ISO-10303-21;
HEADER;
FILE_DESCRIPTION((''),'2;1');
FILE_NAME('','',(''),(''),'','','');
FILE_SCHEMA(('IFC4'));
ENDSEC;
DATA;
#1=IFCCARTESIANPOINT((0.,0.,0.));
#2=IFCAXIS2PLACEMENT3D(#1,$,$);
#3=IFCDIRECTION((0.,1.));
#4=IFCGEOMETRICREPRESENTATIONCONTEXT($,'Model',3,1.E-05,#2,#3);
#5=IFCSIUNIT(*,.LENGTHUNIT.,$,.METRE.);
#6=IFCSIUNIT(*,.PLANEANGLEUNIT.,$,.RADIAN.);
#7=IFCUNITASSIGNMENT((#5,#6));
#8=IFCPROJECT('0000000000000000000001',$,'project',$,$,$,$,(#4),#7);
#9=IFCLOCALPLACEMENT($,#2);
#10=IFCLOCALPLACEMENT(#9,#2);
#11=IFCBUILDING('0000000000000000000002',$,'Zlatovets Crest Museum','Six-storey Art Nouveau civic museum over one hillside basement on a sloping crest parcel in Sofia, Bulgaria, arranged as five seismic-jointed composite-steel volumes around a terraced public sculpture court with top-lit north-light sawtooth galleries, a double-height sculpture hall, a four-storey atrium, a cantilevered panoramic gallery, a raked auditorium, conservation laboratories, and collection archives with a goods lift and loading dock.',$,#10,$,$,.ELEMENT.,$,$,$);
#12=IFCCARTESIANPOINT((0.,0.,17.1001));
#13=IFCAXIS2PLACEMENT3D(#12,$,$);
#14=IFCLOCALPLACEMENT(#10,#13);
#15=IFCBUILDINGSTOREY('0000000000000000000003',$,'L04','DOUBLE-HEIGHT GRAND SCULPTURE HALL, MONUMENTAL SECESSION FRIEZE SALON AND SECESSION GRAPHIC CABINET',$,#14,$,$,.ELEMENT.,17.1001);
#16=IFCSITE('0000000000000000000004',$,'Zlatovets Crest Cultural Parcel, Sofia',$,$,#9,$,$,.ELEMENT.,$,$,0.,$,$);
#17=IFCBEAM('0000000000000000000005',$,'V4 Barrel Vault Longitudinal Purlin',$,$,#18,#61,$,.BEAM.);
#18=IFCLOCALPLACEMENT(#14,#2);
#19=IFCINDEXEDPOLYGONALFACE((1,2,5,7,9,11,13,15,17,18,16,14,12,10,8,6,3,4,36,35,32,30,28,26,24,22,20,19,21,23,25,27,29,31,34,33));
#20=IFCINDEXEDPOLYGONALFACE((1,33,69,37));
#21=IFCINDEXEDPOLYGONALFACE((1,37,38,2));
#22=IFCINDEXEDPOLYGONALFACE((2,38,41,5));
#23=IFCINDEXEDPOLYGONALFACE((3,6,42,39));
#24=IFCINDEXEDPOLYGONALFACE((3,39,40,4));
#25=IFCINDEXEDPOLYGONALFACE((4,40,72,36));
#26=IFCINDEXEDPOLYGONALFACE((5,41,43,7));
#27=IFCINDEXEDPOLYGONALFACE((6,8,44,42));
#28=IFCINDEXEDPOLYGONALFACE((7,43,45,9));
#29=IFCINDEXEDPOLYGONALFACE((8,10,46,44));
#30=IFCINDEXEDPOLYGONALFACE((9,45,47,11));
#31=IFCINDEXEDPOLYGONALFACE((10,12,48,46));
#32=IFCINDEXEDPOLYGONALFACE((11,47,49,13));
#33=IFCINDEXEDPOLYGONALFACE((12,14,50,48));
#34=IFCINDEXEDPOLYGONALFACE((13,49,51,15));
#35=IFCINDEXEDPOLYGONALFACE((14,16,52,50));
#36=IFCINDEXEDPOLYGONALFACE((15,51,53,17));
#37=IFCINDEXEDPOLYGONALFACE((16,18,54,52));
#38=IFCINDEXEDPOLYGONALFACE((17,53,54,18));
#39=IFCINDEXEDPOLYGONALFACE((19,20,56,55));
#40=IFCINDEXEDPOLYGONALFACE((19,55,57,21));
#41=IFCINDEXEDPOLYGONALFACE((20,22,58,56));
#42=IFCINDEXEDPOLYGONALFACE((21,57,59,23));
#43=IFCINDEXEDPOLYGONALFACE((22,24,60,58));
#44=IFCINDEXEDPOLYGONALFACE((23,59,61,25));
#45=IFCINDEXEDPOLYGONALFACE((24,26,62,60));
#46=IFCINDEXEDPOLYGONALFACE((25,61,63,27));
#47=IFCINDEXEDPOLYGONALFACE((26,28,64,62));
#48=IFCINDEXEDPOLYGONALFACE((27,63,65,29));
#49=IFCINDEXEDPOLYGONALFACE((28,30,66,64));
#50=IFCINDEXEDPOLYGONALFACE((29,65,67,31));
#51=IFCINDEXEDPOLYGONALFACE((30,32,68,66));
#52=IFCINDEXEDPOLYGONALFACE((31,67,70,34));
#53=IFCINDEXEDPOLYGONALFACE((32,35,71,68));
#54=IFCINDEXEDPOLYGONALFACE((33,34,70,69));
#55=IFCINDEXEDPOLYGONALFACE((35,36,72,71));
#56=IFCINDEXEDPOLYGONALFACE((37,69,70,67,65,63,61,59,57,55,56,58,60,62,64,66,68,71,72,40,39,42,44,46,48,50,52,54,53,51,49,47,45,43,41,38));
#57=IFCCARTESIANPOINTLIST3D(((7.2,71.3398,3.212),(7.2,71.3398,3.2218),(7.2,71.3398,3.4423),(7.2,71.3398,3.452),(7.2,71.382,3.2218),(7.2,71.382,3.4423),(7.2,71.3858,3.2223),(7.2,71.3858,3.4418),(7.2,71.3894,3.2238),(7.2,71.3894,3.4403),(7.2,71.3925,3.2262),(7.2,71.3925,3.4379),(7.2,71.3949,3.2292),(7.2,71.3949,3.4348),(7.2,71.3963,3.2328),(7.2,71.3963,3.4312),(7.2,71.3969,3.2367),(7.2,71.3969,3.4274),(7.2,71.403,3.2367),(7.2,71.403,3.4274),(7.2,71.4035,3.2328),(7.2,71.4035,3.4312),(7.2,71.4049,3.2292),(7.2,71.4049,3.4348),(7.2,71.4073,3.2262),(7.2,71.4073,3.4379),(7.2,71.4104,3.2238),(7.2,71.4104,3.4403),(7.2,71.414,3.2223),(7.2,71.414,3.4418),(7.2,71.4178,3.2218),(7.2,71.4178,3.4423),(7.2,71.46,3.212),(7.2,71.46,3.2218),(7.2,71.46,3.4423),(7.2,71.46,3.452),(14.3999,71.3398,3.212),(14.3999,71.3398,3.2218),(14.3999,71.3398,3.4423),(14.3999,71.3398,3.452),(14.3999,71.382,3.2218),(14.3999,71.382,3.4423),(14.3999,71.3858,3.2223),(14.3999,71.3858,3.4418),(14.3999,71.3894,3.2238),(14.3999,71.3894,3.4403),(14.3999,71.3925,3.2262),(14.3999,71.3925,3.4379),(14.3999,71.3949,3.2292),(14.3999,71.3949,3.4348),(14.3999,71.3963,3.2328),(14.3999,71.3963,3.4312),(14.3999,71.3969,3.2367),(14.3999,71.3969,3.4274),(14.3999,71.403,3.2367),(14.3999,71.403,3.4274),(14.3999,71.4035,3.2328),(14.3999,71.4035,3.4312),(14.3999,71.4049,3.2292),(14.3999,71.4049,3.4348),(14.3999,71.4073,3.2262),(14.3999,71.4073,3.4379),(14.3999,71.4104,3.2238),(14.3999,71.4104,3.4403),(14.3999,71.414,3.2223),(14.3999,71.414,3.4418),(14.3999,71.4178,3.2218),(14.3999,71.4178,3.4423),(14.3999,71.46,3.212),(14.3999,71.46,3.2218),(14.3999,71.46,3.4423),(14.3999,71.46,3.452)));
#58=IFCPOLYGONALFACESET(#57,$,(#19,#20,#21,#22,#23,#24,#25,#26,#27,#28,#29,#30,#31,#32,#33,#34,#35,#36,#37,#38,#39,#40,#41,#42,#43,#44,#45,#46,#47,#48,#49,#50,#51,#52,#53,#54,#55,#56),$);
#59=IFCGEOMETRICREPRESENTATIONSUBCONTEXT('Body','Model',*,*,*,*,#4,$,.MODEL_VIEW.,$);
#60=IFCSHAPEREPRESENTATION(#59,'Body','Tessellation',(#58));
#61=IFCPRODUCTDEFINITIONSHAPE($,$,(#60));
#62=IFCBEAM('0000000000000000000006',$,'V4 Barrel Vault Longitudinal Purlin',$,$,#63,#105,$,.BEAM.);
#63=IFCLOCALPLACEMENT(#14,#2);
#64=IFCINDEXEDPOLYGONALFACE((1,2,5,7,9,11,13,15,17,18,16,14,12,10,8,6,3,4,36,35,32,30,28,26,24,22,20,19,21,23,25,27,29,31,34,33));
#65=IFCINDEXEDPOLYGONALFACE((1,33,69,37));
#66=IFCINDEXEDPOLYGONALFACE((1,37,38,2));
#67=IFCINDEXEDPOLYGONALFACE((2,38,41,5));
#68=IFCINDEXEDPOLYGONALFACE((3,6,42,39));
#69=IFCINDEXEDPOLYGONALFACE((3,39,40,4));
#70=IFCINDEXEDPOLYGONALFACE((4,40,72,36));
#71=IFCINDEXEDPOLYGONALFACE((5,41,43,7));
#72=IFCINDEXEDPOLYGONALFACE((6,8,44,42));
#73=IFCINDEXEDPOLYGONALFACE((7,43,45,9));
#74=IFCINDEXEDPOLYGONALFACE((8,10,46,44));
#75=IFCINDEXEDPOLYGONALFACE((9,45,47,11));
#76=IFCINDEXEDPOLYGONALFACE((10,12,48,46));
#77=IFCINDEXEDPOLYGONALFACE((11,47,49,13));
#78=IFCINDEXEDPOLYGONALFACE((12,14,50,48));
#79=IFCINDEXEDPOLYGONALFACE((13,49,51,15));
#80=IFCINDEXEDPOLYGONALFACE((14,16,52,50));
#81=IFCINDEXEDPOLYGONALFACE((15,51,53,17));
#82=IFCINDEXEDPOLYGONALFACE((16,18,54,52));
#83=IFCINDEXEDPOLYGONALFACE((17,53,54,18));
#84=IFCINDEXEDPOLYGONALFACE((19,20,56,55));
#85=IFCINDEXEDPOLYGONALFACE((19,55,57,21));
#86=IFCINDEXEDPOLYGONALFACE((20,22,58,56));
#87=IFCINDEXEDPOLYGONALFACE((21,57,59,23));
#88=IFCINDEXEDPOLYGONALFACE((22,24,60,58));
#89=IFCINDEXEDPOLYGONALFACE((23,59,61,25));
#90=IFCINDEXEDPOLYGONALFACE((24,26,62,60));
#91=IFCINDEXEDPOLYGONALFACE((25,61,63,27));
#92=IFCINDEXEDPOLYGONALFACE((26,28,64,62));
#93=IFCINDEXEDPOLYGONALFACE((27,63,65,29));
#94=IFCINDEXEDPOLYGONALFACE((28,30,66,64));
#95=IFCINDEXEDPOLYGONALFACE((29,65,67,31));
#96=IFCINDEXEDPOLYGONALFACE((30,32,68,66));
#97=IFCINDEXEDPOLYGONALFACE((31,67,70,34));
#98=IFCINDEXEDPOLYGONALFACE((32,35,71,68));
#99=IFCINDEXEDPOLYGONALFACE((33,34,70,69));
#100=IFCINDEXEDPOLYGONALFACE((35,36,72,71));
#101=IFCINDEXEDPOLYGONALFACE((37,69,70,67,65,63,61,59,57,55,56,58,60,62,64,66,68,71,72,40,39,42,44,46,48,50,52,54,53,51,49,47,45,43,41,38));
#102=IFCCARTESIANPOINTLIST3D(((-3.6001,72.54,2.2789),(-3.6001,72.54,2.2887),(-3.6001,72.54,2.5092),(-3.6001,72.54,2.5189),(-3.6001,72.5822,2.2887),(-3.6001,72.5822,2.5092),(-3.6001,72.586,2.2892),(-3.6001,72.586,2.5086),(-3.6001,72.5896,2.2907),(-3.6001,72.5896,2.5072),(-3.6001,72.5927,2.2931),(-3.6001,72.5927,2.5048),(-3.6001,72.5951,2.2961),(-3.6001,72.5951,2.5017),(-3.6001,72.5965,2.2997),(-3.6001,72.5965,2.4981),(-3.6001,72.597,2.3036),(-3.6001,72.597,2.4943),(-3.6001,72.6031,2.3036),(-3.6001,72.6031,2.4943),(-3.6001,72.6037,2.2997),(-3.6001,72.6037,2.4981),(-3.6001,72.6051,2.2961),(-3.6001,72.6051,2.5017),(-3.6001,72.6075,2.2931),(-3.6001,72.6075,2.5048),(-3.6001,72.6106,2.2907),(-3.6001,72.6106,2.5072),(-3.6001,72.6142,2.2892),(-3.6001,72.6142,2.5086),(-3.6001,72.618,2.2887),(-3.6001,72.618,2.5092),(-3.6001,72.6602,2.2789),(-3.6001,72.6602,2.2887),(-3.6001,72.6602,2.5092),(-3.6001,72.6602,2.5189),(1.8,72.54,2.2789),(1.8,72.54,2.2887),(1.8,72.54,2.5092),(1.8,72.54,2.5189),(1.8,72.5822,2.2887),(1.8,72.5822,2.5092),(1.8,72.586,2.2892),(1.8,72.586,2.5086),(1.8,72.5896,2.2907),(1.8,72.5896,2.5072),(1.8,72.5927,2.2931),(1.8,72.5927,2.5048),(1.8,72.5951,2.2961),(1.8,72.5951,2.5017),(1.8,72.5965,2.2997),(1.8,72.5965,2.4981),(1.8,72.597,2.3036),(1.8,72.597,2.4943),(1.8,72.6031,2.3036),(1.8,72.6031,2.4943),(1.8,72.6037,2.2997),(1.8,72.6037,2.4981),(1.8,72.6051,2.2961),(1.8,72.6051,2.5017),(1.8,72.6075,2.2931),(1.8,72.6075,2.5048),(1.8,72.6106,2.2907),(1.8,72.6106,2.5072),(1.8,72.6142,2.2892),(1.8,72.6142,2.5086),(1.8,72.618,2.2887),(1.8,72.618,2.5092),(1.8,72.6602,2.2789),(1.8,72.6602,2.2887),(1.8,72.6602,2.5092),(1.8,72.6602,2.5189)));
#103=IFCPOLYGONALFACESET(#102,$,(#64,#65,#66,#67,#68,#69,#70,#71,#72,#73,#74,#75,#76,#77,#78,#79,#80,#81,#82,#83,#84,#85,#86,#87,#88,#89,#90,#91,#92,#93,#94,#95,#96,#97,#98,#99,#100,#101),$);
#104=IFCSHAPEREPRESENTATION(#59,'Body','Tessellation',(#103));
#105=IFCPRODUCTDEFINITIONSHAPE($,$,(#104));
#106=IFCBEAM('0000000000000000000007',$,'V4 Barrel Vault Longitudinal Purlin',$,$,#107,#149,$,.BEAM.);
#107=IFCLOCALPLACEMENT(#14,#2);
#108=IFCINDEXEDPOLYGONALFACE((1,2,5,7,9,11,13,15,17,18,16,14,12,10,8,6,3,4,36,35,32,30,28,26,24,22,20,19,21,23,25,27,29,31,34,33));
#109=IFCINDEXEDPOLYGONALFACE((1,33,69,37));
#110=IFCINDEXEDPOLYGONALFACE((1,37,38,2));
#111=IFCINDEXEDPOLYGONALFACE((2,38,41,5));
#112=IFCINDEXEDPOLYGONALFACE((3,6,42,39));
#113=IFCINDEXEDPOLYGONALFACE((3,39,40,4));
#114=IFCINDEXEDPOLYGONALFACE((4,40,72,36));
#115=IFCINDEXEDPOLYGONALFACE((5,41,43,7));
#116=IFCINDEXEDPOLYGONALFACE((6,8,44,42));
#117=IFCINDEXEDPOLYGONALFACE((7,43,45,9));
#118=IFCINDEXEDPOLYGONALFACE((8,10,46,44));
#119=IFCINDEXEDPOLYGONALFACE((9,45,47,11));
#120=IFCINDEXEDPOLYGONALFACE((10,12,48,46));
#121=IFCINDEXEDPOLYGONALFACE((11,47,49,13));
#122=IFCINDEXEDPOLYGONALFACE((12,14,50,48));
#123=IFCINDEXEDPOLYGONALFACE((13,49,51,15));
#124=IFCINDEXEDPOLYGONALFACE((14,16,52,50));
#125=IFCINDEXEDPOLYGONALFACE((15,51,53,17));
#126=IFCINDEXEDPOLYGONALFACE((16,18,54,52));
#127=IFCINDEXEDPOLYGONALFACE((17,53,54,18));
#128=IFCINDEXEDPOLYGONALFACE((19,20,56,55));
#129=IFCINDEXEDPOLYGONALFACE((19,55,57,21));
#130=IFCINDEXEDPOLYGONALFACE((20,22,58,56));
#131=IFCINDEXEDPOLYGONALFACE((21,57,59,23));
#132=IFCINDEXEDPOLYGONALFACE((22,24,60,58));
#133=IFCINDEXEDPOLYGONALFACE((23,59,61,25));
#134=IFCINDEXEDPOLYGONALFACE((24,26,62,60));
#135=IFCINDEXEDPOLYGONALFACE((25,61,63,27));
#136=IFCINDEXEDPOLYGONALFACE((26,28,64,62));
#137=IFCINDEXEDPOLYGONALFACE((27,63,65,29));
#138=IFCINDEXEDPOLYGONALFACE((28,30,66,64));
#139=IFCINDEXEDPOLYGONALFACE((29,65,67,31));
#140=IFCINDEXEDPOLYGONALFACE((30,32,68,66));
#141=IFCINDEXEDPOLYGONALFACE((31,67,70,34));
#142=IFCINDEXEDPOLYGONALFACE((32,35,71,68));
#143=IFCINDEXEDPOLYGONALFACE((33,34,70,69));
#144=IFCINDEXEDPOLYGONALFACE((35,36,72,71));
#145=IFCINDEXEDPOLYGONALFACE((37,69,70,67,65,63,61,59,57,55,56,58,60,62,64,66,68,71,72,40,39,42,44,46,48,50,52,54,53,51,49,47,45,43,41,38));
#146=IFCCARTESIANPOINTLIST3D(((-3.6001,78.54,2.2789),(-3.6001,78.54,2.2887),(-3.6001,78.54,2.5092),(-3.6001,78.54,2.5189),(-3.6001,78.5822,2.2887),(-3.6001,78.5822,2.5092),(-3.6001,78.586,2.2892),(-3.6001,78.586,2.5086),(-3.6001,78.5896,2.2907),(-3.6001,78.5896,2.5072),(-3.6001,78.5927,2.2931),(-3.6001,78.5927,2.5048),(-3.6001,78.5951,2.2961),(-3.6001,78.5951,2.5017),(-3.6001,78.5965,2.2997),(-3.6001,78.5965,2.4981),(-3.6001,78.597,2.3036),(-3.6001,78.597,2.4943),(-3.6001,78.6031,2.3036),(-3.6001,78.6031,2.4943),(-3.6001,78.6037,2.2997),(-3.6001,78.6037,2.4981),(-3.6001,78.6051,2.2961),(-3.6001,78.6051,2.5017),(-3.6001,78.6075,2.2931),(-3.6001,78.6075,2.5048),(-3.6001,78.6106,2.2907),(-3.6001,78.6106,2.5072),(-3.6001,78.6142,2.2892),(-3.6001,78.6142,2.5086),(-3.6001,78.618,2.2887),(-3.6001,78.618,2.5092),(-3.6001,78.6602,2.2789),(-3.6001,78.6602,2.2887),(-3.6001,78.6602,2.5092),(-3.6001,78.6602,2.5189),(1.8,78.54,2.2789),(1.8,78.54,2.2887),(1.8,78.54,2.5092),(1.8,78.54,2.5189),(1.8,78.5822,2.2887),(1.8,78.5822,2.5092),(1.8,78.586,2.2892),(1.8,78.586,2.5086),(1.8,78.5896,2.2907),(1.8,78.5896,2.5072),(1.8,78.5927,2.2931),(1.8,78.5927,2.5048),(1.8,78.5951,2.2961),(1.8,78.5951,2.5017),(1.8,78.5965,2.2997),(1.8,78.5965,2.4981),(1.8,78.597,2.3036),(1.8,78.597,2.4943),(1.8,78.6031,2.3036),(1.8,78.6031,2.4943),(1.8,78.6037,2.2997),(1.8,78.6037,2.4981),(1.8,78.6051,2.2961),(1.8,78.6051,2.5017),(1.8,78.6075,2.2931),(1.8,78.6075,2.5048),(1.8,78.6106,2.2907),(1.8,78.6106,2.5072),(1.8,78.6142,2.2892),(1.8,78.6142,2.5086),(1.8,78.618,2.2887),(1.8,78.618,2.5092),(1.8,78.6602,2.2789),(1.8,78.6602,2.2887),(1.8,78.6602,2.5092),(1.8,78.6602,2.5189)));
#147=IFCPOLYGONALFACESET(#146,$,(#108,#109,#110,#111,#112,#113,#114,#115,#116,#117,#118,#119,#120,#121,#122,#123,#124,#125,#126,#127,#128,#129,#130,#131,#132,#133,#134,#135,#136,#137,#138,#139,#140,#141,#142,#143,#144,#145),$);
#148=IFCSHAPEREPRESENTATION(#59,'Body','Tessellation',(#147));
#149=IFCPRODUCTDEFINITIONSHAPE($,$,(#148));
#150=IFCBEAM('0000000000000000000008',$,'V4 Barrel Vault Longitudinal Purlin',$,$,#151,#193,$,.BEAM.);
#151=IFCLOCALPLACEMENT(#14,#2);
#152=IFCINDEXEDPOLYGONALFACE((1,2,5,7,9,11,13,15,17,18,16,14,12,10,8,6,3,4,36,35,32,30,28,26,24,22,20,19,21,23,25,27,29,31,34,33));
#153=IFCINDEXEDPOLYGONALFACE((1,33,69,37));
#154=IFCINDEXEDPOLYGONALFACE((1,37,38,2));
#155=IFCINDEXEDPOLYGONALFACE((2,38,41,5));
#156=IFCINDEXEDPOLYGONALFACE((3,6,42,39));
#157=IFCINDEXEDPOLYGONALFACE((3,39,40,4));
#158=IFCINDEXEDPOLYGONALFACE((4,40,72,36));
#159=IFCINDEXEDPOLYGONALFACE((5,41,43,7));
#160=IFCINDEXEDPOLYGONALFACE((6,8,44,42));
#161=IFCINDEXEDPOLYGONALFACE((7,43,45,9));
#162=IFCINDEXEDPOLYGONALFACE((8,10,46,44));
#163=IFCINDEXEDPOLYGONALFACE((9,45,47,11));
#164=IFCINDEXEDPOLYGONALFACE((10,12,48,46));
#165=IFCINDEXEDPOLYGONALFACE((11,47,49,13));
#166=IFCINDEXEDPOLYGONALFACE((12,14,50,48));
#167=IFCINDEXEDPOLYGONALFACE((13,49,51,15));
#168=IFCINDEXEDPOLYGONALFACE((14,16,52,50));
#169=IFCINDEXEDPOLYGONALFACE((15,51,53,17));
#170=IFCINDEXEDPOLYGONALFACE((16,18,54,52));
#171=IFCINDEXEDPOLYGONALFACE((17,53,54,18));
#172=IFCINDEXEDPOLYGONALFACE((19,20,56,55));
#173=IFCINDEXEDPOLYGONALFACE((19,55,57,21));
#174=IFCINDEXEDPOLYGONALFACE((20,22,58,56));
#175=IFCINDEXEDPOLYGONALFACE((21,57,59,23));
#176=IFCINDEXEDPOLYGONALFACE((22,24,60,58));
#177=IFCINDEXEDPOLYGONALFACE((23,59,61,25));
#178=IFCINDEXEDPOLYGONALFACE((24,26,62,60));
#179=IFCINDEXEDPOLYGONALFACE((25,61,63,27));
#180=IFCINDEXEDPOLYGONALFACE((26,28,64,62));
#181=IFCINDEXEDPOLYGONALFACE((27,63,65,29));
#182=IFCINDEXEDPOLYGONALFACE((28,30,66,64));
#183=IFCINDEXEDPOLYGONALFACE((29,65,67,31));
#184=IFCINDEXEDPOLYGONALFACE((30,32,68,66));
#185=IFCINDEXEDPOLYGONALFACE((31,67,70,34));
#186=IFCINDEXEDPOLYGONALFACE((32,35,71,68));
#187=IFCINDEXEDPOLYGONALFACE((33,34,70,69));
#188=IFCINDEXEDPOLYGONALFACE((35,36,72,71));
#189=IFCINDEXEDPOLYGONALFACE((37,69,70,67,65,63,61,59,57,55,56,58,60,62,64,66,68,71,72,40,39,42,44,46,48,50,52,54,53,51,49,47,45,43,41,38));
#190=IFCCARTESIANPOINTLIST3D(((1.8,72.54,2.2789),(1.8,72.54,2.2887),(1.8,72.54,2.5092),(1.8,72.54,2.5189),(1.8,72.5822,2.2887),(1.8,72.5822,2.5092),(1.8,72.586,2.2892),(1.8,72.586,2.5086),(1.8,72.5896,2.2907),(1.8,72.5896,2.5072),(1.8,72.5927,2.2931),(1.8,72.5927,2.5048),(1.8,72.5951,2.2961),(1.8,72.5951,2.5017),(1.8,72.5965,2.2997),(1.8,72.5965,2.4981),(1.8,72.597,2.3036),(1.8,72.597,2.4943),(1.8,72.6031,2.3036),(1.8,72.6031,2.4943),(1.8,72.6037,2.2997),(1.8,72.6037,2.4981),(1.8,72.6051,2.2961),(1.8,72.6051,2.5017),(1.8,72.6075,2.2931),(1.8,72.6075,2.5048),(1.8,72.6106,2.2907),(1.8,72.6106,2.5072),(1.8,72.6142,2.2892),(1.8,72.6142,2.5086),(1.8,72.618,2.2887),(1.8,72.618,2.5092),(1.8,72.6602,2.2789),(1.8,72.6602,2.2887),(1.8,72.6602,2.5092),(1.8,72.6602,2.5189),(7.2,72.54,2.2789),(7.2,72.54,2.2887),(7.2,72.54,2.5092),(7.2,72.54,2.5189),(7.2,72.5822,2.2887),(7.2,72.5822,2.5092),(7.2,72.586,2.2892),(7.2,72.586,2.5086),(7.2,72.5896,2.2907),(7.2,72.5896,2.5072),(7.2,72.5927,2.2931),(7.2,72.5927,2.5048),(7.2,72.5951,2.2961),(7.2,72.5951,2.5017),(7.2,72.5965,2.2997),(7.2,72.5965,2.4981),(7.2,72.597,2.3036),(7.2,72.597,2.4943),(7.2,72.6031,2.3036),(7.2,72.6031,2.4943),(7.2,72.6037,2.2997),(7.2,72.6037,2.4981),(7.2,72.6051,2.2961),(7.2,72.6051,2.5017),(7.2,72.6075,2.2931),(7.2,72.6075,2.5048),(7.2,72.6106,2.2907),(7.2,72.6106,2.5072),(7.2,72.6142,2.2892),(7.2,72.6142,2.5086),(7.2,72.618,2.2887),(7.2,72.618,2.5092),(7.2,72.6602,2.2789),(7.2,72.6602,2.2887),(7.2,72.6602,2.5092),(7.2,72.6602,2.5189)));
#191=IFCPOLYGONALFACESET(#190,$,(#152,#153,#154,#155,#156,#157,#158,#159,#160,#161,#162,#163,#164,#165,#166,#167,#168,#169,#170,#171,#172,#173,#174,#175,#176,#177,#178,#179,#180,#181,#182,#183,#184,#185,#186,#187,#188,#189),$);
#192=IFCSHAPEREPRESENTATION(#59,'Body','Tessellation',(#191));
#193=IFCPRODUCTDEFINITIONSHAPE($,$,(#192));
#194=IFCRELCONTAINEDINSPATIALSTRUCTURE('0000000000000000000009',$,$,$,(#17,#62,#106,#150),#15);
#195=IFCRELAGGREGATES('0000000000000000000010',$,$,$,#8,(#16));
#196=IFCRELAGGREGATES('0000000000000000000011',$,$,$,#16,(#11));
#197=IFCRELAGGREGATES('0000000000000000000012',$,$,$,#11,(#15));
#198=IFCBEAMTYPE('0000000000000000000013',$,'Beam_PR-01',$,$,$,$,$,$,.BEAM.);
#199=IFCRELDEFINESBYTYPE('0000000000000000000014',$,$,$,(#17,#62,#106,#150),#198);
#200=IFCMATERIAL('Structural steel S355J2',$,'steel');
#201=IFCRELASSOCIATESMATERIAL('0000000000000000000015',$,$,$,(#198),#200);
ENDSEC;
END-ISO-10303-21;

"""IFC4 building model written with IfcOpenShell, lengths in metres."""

from ifc_helpers import new_model, si_unit, direction, frame, origin, origin_2d, place, context, subcontext, project, spatial, i_section, extrude, material, material_profile, profile_set, type_object, element, save


model = new_model("IFC4")

# Units and contexts
model_context = context("Model", 3, precision=1e-05, world=origin(), true_north=direction((0.0, 1.0)))
body_context = subcontext(model_context, "Body", "Model", "MODEL_VIEW")
ifc_project = project(units=[si_unit("LENGTHUNIT", "METRE"), si_unit("PLANEANGLEUNIT", "RADIAN")], contexts=[model_context])

# Site, building, storey
site_placement = place(None, origin())
site = spatial("IfcSite", under=ifc_project, at=site_placement, Name="Zlatovets Crest Cultural Parcel, Sofia", CompositionType="ELEMENT", RefElevation=0.0)
building_placement = place(site_placement, origin())
building = spatial("IfcBuilding", under=site, at=building_placement, Name="Zlatovets Crest Museum", Description="Six-storey Art Nouveau civic museum over one hillside basement on a sloping crest parcel in Sofia, Bulgaria, arranged as five seismic-jointed composite-steel volumes around a terraced public sculpture court with top-lit north-light sawtooth galleries, a double-height sculpture hall, a four-storey atrium, a cantilevered panoramic gallery, a raked auditorium, conservation laboratories, and collection archives with a goods lift and loading dock.", CompositionType="ELEMENT")
storey_placement = place(building_placement, frame((0.0, 0.0, 17.1001)))
storey = spatial("IfcBuildingStorey", under=building, at=storey_placement, Name="L04", Description="DOUBLE-HEIGHT GRAND SCULPTURE HALL, MONUMENTAL SECESSION FRIEZE SALON AND SECESSION GRAPHIC CABINET", CompositionType="ELEMENT", Elevation=17.1001)

# Beams
ifc_material_1 = material(Name="Structural steel S355J2", Category="steel")
ifc_material_profile_1 = material_profile(ifc_material_1, i_section(OverallWidth=0.1201, OverallDepth=0.24, WebThickness=0.0061, FlangeThickness=0.0098, FilletRadius=0.0149, at=origin_2d()), Name="IPE 240")
ifc_profile_set_1 = profile_set([ifc_material_profile_1], Name="Structural steel S355J2")
beam_type_1 = type_object("IfcBeamType", Name="Beam_PR-01", PredefinedType="BEAM", material=ifc_profile_set_1)
beam_1_placement = place(storey_placement, frame((7.2, 71.3999, 3.332), z_axis=(1.0, 0.0, 0.0), x_axis=(0.0, 1.0, 0.0)))
element("IfcBeam", 1, at=beam_1_placement, inside=storey, type_object=beam_type_1, Name="V4 Barrel Vault Longitudinal Purlin", PredefinedType="BEAM", context=body_context, shape_type="SweptSolid", body=[
    extrude(i_section(OverallWidth=0.1201, OverallDepth=0.24, WebThickness=0.0061, FlangeThickness=0.0098, FilletRadius=0.0149, at=origin_2d()), origin(), (0.0, 0.0, 1.0), 7.2),
])
for number, where, z_axis, x_axis, name in (
    (2, (-3.6001, 72.6001, 2.3989), (1.0, 0.0, 0.0), (0.0, 1.0, 0.0), "V4 Barrel Vault Longitudinal Purlin"),
    (3, (-3.6001, 78.6001, 2.3989), (1.0, 0.0, 0.0), (0.0, 1.0, 0.0), "V4 Barrel Vault Longitudinal Purlin"),
):
    element("IfcBeam", number, at=place(storey_placement, frame(where, z_axis=z_axis, x_axis=x_axis)), inside=storey, type_object=beam_type_1, Name=name, PredefinedType="BEAM", context=body_context, shape_type="SweptSolid", body=[
        extrude(i_section(OverallWidth=0.1201, OverallDepth=0.24, WebThickness=0.0061, FlangeThickness=0.0098, FilletRadius=0.0149, at=origin_2d()), origin(), (0.0, 0.0, 1.0), 5.4001),
    ])
for number, where, z_axis, x_axis, name in (
    (4, (1.8, 72.6001, 2.3989), (1.0, 0.0, 0.0), (0.0, 1.0, 0.0), "V4 Barrel Vault Longitudinal Purlin"),
):
    element("IfcBeam", number, at=place(storey_placement, frame(where, z_axis=z_axis, x_axis=x_axis)), inside=storey, type_object=beam_type_1, Name=name, PredefinedType="BEAM", context=body_context, shape_type="SweptSolid", body=[
        extrude(i_section(OverallWidth=0.1201, OverallDepth=0.24, WebThickness=0.0061, FlangeThickness=0.0098, FilletRadius=0.0149, at=origin_2d()), origin(), (0.0, 0.0, 1.0), 5.3999),
    ])

save(model, "model.ifc")
